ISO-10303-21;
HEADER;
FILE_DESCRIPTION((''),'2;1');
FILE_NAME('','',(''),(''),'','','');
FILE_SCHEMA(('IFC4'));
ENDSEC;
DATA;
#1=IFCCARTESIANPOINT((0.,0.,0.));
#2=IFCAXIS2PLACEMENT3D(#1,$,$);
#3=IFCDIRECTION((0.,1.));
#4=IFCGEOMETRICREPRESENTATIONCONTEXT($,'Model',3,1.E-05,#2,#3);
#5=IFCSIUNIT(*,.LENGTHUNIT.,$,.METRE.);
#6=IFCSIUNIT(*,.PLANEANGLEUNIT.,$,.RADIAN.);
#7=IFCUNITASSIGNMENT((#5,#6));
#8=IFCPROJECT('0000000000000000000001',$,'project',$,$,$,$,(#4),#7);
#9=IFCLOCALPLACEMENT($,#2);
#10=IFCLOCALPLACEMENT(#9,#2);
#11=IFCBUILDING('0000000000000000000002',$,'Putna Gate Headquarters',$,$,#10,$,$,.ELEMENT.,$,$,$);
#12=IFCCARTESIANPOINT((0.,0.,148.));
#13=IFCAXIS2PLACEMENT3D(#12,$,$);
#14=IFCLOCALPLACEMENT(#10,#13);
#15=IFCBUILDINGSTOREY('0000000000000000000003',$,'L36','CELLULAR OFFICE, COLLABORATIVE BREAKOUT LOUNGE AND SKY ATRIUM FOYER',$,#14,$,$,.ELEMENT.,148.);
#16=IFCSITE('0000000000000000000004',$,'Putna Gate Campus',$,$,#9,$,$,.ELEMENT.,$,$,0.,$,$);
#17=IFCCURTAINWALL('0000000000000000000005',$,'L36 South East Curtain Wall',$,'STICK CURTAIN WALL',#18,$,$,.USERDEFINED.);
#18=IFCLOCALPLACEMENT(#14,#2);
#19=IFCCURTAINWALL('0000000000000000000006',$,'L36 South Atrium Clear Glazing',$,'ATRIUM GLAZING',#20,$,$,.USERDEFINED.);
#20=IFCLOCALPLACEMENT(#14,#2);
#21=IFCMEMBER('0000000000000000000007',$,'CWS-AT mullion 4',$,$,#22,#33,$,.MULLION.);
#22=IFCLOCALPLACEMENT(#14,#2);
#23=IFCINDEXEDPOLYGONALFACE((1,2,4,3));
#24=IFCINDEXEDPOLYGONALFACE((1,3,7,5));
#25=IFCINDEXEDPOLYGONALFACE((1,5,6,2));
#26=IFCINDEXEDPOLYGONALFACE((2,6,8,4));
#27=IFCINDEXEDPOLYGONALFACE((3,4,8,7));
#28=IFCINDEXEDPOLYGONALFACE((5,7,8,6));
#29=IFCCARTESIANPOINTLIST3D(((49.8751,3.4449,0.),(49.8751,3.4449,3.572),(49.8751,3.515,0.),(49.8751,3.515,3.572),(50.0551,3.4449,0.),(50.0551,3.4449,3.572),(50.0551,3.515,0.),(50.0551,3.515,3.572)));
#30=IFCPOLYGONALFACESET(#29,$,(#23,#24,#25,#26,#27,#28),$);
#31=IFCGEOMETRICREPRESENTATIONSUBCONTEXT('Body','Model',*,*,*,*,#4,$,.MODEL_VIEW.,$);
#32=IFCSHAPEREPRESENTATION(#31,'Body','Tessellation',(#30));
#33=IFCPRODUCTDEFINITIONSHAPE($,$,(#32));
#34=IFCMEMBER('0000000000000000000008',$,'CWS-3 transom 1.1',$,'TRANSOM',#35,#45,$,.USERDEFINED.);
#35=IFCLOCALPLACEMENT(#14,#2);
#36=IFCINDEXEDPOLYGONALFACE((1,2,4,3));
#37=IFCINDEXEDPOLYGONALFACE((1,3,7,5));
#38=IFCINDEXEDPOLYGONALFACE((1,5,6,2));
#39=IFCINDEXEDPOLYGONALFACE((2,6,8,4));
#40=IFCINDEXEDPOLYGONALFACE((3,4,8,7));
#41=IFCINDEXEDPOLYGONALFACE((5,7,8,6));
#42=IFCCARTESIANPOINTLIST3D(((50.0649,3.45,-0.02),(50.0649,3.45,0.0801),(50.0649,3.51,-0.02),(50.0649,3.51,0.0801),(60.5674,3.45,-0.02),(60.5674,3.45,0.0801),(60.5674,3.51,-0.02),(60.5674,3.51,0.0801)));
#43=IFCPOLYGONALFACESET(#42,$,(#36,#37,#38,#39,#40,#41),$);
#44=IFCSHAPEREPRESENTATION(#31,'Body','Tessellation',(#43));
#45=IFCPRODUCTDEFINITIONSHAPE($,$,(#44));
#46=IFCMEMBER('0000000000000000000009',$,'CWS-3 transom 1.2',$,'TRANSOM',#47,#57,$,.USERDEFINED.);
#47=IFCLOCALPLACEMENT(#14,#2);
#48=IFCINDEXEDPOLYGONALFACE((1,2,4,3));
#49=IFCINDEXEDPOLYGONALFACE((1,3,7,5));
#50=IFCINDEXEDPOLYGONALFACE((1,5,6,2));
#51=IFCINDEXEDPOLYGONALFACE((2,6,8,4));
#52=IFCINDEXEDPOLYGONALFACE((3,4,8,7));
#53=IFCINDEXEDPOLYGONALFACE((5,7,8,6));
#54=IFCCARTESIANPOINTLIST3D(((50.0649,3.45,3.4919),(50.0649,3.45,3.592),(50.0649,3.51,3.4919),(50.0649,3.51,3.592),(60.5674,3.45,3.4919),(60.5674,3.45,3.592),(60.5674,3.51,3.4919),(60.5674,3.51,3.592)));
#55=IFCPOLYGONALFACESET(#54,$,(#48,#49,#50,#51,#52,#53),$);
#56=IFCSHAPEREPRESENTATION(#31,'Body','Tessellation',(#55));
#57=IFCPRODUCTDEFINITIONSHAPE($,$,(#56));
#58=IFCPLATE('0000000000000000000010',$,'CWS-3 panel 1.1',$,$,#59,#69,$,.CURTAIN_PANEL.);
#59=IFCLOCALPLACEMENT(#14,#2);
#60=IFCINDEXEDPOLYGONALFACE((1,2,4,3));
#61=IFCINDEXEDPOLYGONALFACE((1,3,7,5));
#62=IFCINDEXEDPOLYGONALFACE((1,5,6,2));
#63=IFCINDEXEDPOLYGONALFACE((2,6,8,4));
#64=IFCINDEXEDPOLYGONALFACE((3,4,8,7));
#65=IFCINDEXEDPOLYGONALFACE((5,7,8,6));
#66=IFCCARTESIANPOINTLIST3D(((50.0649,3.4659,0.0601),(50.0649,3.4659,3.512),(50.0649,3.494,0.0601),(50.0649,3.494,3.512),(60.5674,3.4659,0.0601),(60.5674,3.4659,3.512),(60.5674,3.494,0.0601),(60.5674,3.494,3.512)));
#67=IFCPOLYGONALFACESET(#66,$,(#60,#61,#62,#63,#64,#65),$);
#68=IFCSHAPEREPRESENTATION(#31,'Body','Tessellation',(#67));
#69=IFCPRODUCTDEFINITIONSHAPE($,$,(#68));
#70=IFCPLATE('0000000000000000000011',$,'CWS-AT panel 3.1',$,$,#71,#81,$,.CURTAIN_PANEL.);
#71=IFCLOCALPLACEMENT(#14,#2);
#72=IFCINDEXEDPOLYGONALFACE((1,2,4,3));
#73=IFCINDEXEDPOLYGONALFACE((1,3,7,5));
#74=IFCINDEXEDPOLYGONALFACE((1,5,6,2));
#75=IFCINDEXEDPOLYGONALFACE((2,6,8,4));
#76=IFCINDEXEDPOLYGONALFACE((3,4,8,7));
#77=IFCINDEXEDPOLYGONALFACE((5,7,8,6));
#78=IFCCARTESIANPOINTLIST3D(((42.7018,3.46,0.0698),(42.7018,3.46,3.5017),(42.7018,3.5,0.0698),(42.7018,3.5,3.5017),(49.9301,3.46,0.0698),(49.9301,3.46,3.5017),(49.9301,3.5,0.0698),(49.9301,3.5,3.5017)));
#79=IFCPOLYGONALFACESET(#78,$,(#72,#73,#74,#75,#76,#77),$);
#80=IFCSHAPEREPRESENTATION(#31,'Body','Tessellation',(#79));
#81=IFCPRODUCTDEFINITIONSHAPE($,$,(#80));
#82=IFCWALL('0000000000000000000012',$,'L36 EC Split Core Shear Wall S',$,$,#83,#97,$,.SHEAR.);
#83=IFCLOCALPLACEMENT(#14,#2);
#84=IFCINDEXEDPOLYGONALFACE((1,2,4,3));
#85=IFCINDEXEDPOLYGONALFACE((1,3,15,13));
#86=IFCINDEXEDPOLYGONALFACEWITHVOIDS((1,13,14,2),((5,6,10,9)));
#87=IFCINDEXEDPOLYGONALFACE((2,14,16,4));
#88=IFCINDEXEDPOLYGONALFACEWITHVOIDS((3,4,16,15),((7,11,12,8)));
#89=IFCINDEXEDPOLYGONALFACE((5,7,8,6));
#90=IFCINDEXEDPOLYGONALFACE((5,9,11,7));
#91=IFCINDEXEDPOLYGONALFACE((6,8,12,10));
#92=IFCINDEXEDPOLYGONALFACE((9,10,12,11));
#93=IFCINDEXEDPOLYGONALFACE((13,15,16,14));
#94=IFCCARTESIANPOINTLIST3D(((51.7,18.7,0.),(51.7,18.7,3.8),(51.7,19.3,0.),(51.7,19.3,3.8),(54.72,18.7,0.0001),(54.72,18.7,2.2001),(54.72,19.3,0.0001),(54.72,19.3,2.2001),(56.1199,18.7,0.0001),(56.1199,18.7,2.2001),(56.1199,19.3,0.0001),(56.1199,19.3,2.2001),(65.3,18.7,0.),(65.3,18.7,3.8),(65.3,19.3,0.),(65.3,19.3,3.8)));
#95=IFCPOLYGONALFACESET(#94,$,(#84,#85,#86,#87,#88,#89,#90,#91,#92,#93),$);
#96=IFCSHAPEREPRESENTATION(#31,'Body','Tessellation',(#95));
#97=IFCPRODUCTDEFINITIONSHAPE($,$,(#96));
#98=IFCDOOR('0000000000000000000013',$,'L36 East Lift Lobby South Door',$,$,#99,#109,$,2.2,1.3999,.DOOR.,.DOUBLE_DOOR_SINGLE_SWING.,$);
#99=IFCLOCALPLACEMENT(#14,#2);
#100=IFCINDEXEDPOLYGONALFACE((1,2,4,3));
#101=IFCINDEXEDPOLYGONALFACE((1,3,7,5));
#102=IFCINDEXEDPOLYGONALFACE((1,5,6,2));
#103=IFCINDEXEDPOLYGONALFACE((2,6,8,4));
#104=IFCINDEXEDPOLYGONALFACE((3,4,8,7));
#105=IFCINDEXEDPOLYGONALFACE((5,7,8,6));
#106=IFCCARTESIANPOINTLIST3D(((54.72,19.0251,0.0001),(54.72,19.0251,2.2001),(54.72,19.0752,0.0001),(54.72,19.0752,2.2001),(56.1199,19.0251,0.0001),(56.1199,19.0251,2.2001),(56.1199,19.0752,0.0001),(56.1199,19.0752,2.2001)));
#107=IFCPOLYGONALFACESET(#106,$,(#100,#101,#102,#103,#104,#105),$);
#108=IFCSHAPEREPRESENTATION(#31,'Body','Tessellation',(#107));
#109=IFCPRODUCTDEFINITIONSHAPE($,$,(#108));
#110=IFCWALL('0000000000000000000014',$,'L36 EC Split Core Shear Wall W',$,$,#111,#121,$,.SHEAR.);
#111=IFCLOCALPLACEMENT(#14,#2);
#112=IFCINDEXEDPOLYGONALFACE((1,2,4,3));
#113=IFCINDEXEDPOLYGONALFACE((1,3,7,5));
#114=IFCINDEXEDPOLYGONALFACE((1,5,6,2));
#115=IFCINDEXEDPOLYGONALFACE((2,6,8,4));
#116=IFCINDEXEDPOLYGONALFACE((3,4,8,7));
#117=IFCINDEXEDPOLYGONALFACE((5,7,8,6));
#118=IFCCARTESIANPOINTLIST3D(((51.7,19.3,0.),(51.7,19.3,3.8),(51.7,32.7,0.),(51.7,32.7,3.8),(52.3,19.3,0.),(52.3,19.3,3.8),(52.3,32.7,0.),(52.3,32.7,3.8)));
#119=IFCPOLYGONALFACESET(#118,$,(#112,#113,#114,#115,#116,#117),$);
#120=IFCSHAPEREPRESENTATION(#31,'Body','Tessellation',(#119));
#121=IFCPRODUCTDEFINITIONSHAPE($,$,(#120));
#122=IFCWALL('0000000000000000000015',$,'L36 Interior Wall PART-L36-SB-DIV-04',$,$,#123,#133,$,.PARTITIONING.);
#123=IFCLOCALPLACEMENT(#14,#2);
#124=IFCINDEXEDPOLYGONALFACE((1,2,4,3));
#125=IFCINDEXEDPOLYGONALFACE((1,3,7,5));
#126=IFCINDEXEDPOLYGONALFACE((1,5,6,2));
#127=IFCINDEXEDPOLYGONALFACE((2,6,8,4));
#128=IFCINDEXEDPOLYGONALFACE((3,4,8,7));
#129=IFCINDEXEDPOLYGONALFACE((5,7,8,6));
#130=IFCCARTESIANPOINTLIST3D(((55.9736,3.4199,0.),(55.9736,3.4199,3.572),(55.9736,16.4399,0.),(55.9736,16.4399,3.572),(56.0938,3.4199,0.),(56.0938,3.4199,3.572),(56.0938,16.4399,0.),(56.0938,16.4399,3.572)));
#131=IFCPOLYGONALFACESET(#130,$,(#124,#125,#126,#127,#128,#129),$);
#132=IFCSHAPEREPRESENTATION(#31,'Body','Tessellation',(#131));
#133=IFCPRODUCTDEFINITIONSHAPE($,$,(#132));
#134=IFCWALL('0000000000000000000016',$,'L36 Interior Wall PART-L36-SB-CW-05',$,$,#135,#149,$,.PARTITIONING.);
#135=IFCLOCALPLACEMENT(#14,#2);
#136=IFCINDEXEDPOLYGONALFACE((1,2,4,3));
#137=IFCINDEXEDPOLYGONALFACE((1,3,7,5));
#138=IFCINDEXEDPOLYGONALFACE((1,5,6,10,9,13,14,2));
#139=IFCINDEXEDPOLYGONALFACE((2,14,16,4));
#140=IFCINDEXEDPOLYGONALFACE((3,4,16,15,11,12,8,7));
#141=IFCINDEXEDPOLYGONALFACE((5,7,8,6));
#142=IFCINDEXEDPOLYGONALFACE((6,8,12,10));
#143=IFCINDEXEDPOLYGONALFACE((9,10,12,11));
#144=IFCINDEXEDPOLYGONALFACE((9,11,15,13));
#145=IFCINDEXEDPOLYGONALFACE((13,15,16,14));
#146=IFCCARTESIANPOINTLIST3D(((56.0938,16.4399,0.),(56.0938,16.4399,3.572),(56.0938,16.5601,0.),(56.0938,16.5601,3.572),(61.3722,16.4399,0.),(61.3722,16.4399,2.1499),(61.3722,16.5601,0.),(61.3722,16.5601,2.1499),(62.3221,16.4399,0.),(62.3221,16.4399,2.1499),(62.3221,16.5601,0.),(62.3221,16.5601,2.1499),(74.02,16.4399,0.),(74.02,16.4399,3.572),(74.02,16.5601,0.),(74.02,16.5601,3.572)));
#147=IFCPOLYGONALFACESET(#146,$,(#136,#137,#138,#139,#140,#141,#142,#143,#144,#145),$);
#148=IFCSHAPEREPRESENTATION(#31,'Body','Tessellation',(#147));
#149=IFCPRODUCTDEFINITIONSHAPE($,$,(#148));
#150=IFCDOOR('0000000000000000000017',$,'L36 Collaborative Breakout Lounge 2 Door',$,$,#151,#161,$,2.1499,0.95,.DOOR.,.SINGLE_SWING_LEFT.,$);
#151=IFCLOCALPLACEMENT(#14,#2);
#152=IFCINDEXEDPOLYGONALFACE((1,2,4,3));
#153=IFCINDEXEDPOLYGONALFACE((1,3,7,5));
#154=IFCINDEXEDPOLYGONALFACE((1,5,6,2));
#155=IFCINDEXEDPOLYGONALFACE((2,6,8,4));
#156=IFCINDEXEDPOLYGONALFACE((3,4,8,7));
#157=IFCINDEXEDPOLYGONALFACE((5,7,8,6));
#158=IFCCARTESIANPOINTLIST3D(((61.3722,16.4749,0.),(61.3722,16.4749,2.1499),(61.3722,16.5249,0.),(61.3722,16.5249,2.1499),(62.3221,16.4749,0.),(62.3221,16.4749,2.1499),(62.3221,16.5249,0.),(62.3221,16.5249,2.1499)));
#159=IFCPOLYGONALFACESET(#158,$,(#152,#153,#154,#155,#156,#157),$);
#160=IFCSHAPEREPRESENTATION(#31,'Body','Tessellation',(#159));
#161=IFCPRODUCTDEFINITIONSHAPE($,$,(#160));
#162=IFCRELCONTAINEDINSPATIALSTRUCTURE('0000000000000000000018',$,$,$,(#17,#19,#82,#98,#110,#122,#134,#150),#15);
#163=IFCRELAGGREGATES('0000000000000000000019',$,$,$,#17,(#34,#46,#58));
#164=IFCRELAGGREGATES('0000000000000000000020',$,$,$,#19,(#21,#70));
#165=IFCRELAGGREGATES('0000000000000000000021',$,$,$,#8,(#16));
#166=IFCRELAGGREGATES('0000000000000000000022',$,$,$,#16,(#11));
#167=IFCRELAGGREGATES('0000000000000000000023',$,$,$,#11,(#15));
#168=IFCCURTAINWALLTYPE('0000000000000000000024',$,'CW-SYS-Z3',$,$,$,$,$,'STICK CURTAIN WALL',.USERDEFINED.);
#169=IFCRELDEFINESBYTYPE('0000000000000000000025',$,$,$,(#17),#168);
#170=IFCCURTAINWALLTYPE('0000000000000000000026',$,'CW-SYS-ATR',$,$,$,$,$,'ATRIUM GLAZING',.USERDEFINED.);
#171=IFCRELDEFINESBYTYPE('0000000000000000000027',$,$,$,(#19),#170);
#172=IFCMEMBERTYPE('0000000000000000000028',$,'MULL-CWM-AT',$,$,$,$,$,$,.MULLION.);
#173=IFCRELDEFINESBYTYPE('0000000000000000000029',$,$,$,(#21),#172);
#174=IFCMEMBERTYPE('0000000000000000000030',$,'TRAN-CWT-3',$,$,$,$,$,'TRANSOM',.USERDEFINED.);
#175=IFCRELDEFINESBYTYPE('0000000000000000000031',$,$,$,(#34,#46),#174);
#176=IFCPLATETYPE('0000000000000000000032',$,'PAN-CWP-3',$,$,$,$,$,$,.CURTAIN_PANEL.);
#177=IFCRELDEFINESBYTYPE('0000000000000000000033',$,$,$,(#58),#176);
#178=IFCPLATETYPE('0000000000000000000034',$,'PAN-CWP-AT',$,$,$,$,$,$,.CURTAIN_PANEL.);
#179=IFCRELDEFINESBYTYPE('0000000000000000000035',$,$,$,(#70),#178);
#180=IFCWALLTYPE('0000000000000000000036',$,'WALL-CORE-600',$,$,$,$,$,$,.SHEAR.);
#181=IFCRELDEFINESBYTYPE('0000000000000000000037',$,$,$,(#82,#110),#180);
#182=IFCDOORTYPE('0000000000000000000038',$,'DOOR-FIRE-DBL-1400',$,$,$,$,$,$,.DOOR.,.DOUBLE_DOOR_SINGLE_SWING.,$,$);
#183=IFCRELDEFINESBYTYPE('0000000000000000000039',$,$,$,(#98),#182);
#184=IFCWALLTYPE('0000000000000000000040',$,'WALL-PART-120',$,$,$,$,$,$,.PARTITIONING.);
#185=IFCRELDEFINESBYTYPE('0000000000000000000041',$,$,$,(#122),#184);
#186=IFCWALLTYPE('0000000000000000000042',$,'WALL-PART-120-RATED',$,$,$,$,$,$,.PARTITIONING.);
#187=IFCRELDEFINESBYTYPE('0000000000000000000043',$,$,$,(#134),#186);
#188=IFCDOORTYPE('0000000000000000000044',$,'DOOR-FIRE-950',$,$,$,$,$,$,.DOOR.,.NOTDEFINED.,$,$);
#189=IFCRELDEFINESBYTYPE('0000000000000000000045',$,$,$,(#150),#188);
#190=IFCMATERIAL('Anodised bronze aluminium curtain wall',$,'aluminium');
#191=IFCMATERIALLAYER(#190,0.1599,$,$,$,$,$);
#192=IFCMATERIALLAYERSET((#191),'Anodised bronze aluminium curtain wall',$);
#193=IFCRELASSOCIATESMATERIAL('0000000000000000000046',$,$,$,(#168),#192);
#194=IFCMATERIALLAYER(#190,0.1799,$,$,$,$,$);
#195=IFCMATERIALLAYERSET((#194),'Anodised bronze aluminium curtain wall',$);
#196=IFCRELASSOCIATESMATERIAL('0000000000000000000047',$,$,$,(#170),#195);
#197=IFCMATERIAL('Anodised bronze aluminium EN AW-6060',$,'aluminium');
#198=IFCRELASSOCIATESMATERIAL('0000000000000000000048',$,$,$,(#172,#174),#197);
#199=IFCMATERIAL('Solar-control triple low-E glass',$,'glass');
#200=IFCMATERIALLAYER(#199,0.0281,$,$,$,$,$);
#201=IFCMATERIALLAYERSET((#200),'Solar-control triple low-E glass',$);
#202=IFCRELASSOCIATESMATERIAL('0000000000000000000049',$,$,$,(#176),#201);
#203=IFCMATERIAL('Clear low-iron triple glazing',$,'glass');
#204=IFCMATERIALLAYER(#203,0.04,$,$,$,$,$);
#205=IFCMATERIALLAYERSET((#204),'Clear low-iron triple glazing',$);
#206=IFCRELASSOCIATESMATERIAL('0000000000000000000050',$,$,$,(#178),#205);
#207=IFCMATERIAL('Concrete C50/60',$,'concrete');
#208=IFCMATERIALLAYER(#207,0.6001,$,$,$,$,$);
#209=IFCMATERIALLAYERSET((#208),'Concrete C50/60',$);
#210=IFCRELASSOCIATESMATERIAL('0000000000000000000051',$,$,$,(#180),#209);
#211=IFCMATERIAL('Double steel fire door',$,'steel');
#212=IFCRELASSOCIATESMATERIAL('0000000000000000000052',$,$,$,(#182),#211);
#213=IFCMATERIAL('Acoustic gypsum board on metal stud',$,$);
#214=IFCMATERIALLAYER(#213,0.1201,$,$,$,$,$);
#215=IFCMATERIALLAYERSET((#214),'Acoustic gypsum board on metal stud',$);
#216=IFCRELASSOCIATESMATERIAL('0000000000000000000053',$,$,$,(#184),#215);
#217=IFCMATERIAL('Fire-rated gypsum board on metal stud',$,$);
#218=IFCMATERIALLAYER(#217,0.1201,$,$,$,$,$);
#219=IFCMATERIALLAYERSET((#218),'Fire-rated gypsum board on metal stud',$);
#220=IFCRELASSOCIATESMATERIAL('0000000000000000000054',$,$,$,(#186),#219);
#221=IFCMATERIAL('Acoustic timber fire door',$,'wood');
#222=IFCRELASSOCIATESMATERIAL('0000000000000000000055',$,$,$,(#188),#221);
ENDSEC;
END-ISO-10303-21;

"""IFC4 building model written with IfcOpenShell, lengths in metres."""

from ifc_helpers import new_model, si_unit, direction, frame, frame_2d, origin, origin_2d, place, context, subcontext, project, spatial, rectangle, extrude, material, layer, layer_set, material_profile, profile_set, type_object, element, fill, aggregate, save


model = new_model("IFC4")

# Units and contexts
model_context = context("Model", 3, precision=1e-05, world=origin(), true_north=direction((0.0, 1.0)))
body_context = subcontext(model_context, "Body", "Model", "MODEL_VIEW")
ifc_project = project(units=[si_unit("LENGTHUNIT", "METRE"), si_unit("PLANEANGLEUNIT", "RADIAN")], contexts=[model_context])

# Site, building, storey
site_placement = place(None, origin())
site = spatial("IfcSite", under=ifc_project, at=site_placement, Name="Putna Gate Campus", CompositionType="ELEMENT", RefElevation=0.0)
building_placement = place(site_placement, origin())
building = spatial("IfcBuilding", under=site, at=building_placement, Name="Putna Gate Headquarters", CompositionType="ELEMENT")
storey_placement = place(building_placement, frame((0.0, 0.0, 148.0)))
storey = spatial("IfcBuildingStorey", under=building, at=storey_placement, Name="L36", Description="CELLULAR OFFICE, COLLABORATIVE BREAKOUT LOUNGE AND SKY ATRIUM FOYER", CompositionType="ELEMENT", Elevation=148.0)

# Shared definitions
ifc_material_1 = material(Name="Concrete C50/60", Category="concrete")

# Curtain walls, member
ifc_material_2 = material(Name="Anodised bronze aluminium curtain wall", Category="aluminium")
ifc_layer_1 = layer(ifc_material_2, 0.1599)
ifc_layer_set_1 = layer_set([ifc_layer_1], Name="Anodised bronze aluminium curtain wall")
curtain_wall_type_1 = type_object("IfcCurtainWallType", Name="CW-SYS-Z3", ElementType="STICK CURTAIN WALL", PredefinedType="USERDEFINED", material=ifc_layer_set_1)
curtain_wall_1_placement = place(storey_placement, origin())
curtain_wall_1 = element("IfcCurtainWall", 1, at=curtain_wall_1_placement, inside=storey, type_object=curtain_wall_type_1, Name="L36 South East Curtain Wall", ObjectType="STICK CURTAIN WALL", PredefinedType="USERDEFINED")
ifc_material_3 = material(Name="Anodised bronze aluminium EN AW-6060", Category="aluminium")
ifc_layer_2 = layer(ifc_material_2, 0.1799)
ifc_layer_set_2 = layer_set([ifc_layer_2], Name="Anodised bronze aluminium curtain wall")
curtain_wall_type_2 = type_object("IfcCurtainWallType", Name="CW-SYS-ATR", ElementType="ATRIUM GLAZING", PredefinedType="USERDEFINED", material=ifc_layer_set_2)
curtain_wall_2_placement = place(storey_placement, origin())
curtain_wall_2 = element("IfcCurtainWall", 2, at=curtain_wall_2_placement, inside=storey, type_object=curtain_wall_type_2, Name="L36 South Atrium Clear Glazing", ObjectType="ATRIUM GLAZING", PredefinedType="USERDEFINED")
ifc_material_profile_1 = material_profile(ifc_material_3, rectangle(XDim=0.0701, YDim=0.1799, at=origin_2d()), Name="Anodised bronze aluminium EN AW-6060")
ifc_profile_set_1 = profile_set([ifc_material_profile_1], Name="Anodised bronze aluminium EN AW-6060")
member_type_1 = type_object("IfcMemberType", Name="MULL-CWM-AT", PredefinedType="MULLION", material=ifc_profile_set_1)
member_1_placement = place(storey_placement, frame((49.9651, 3.48, 0.0), z_axis=(0.0, 0.0, 1.0), x_axis=(0.0, 1.0, 0.0)))
member_1 = element("IfcMember", 3, at=member_1_placement, type_object=member_type_1, Name="CWS-AT mullion 4", PredefinedType="MULLION", context=body_context, shape_type="SweptSolid", body=[
    extrude(rectangle(XDim=0.0701, YDim=0.1799, at=origin_2d()), origin(), (0.0, 0.0, 1.0), 3.572),
])

# Members
ifc_material_profile_2 = material_profile(ifc_material_3, rectangle(XDim=0.0601, YDim=0.1001, at=origin_2d()), Name="Anodised bronze aluminium EN AW-6060")
ifc_profile_set_2 = profile_set([ifc_material_profile_2], Name="Anodised bronze aluminium EN AW-6060")
member_type_2 = type_object("IfcMemberType", Name="TRAN-CWT-3", ElementType="TRANSOM", PredefinedType="USERDEFINED", material=ifc_profile_set_2)
member_2_placement = place(storey_placement, frame((50.0649, 3.48, 0.03), z_axis=(1.0, 0.0, 0.0), x_axis=(0.0, 1.0, 0.0)))
member_2 = element("IfcMember", 4, at=member_2_placement, type_object=member_type_2, Name="CWS-3 transom 1.1", ObjectType="TRANSOM", PredefinedType="USERDEFINED", context=body_context, shape_type="SweptSolid", body=[
    extrude(rectangle(XDim=0.0601, YDim=0.1001, at=origin_2d()), origin(), (0.0, 0.0, 1.0), 10.5024),
])
member_3_placement = place(storey_placement, frame((50.0649, 3.48, 3.542), z_axis=(1.0, 0.0, 0.0), x_axis=(0.0, 1.0, 0.0)))
member_3 = element("IfcMember", 5, at=member_3_placement, type_object=member_type_2, Name="CWS-3 transom 1.2", ObjectType="TRANSOM", PredefinedType="USERDEFINED", context=body_context, shape_type="SweptSolid", body=[
    extrude(rectangle(XDim=0.0601, YDim=0.1001, at=origin_2d()), origin(), (0.0, 0.0, 1.0), 10.5024),
])

# Plates
ifc_material_4 = material(Name="Solar-control triple low-E glass", Category="glass")
ifc_layer_3 = layer(ifc_material_4, 0.0281)
ifc_layer_set_3 = layer_set([ifc_layer_3], Name="Solar-control triple low-E glass")
plate_type_1 = type_object("IfcPlateType", Name="PAN-CWP-3", PredefinedType="CURTAIN_PANEL", material=ifc_layer_set_3)
plate_1_placement = place(storey_placement, frame((55.3162, 3.48, 0.0601), z_axis=(0.0, 0.0, 1.0), x_axis=(1.0, 0.0, 0.0)))
plate_1 = element("IfcPlate", 6, at=plate_1_placement, type_object=plate_type_1, Name="CWS-3 panel 1.1", PredefinedType="CURTAIN_PANEL", context=body_context, shape_type="SweptSolid", body=[
    extrude(rectangle(XDim=10.5024, YDim=0.0281, at=origin_2d()), origin(), (0.0, 0.0, 1.0), 3.4519),
])
aggregate(curtain_wall_1, [member_2, member_3, plate_1])
ifc_material_5 = material(Name="Clear low-iron triple glazing", Category="glass")
ifc_layer_4 = layer(ifc_material_5, 0.04)
ifc_layer_set_4 = layer_set([ifc_layer_4], Name="Clear low-iron triple glazing")
plate_type_2 = type_object("IfcPlateType", Name="PAN-CWP-AT", PredefinedType="CURTAIN_PANEL", material=ifc_layer_set_4)
plate_2_placement = place(storey_placement, frame((46.3159, 3.48, 0.0698), z_axis=(0.0, 0.0, 1.0), x_axis=(1.0, 0.0, 0.0)))
plate_2 = element("IfcPlate", 7, at=plate_2_placement, type_object=plate_type_2, Name="CWS-AT panel 3.1", PredefinedType="CURTAIN_PANEL", context=body_context, shape_type="SweptSolid", body=[
    extrude(rectangle(XDim=7.2283, YDim=0.04, at=origin_2d()), origin(), (0.0, 0.0, 1.0), 3.4319),
])
aggregate(curtain_wall_2, [member_1, plate_2])

# Wall, opening, door
ifc_layer_5 = layer(ifc_material_1, 0.6001)
ifc_layer_set_5 = layer_set([ifc_layer_5], Name="Concrete C50/60")
wall_type_1 = type_object("IfcWallType", Name="WALL-CORE-600", PredefinedType="SHEAR", material=ifc_layer_set_5)
wall_1_placement = place(storey_placement, frame((51.7, 19.0, 0.0), z_axis=(0.0, 0.0, 1.0), x_axis=(1.0, 0.0, 0.0)))
wall_1 = element("IfcWall", 8, at=wall_1_placement, inside=storey, type_object=wall_type_1, Name="L36 EC Split Core Shear Wall S", PredefinedType="SHEAR", context=body_context, shape_type="SweptSolid", body=[
    extrude(rectangle(XDim=13.6001, YDim=0.6001, at=frame_2d((6.8, 0.0))), origin(), (0.0, 0.0, 1.0), 3.8),
])
opening_1_placement = place(wall_1_placement, frame((3.02, 0.0, 0.0)))
opening_1 = element("IfcOpeningElement", 9, at=opening_1_placement, cuts=wall_1, PredefinedType="OPENING", context=body_context, shape_type="SweptSolid", body=[
    extrude(rectangle(XDim=1.3999, YDim=2.2, at=frame_2d((0.7, 1.1001))), frame((0.0, 0.3101, 0.0), z_axis=(0.0, -1.0, 0.0), x_axis=(1.0, 0.0, 0.0)), (0.0, 0.0, 1.0), 0.6201),
])
ifc_material_6 = material(Name="Double steel fire door", Category="steel")
door_type_1 = type_object("IfcDoorType", Name="DOOR-FIRE-DBL-1400", OperationType="DOUBLE_DOOR_SINGLE_SWING", PredefinedType="DOOR", material=ifc_material_6)
door_1_placement = place(opening_1_placement, origin())
door_1 = element("IfcDoor", 10, at=door_1_placement, inside=storey, type_object=door_type_1, Name="L36 East Lift Lobby South Door", OperationType="DOUBLE_DOOR_SINGLE_SWING", OverallHeight=2.2, OverallWidth=1.3999, PredefinedType="DOOR", context=body_context, shape_type="SweptSolid", body=[
    extrude(rectangle(XDim=1.3999, YDim=2.2, at=frame_2d((0.7, 1.1001))), frame((0.0, 0.0752, 0.0), z_axis=(0.0, -1.0, 0.0), x_axis=(1.0, 0.0, 0.0)), (0.0, 0.0, 1.0), 0.05),
])
fill(opening_1, door_1)

# Walls
wall_2_placement = place(storey_placement, frame((52.0, 19.3, 0.0), z_axis=(0.0, 0.0, 1.0), x_axis=(0.0, 1.0, 0.0)))
element("IfcWall", 11, at=wall_2_placement, inside=storey, type_object=wall_type_1, Name="L36 EC Split Core Shear Wall W", PredefinedType="SHEAR", context=body_context, shape_type="SweptSolid", body=[
    extrude(rectangle(XDim=13.3999, YDim=0.6001, at=frame_2d((6.7, 0.0))), origin(), (0.0, 0.0, 1.0), 3.8),
])
ifc_material_7 = material(Name="Acoustic gypsum board on metal stud")
ifc_layer_6 = layer(ifc_material_7, 0.1201)
ifc_layer_set_6 = layer_set([ifc_layer_6], Name="Acoustic gypsum board on metal stud")
wall_type_2 = type_object("IfcWallType", Name="WALL-PART-120", PredefinedType="PARTITIONING", material=ifc_layer_set_6)
wall_3_placement = place(storey_placement, frame((56.0337, 3.4199, 0.0), z_axis=(0.0, 0.0, 1.0), x_axis=(0.0, 1.0, 0.0)))
element("IfcWall", 12, at=wall_3_placement, inside=storey, type_object=wall_type_2, Name="L36 Interior Wall PART-L36-SB-DIV-04", PredefinedType="PARTITIONING", context=body_context, shape_type="SweptSolid", body=[
    extrude(rectangle(XDim=13.02, YDim=0.1201, at=frame_2d((6.51, 0.0))), origin(), (0.0, 0.0, 1.0), 3.572),
])

# Wall, opening, door
ifc_material_8 = material(Name="Fire-rated gypsum board on metal stud")
ifc_layer_7 = layer(ifc_material_8, 0.1201)
ifc_layer_set_7 = layer_set([ifc_layer_7], Name="Fire-rated gypsum board on metal stud")
wall_type_3 = type_object("IfcWallType", Name="WALL-PART-120-RATED", PredefinedType="PARTITIONING", material=ifc_layer_set_7)
wall_4_placement = place(storey_placement, frame((56.0938, 16.5, 0.0), z_axis=(0.0, 0.0, 1.0), x_axis=(1.0, 0.0, 0.0)))
wall_4 = element("IfcWall", 13, at=wall_4_placement, inside=storey, type_object=wall_type_3, Name="L36 Interior Wall PART-L36-SB-CW-05", PredefinedType="PARTITIONING", context=body_context, shape_type="SweptSolid", body=[
    extrude(rectangle(XDim=17.9263, YDim=0.1201, at=frame_2d((8.9631, 0.0))), origin(), (0.0, 0.0, 1.0), 3.572),
])
opening_2_placement = place(wall_4_placement, frame((5.2783, 0.0, 0.0)))
opening_2 = element("IfcOpeningElement", 14, at=opening_2_placement, cuts=wall_4, PredefinedType="OPENING", context=body_context, shape_type="SweptSolid", body=[
    extrude(rectangle(XDim=0.95, YDim=2.1499, at=frame_2d((0.4751, 1.075))), frame((0.0, 0.0701, 0.0), z_axis=(0.0, -1.0, 0.0), x_axis=(1.0, 0.0, 0.0)), (0.0, 0.0, 1.0), 0.1401),
])
ifc_material_9 = material(Name="Acoustic timber fire door", Category="wood")
door_type_2 = type_object("IfcDoorType", Name="DOOR-FIRE-950", OperationType="NOTDEFINED", PredefinedType="DOOR", material=ifc_material_9)
door_2_placement = place(opening_2_placement, origin())
door_2 = element("IfcDoor", 15, at=door_2_placement, inside=storey, type_object=door_type_2, Name="L36 Collaborative Breakout Lounge 2 Door", OperationType="SINGLE_SWING_LEFT", OverallHeight=2.1499, OverallWidth=0.95, PredefinedType="DOOR", context=body_context, shape_type="SweptSolid", body=[
    extrude(rectangle(XDim=0.95, YDim=2.1499, at=frame_2d((0.4751, 1.075))), frame((0.0, 0.0249, 0.0), z_axis=(0.0, -1.0, 0.0), x_axis=(1.0, 0.0, 0.0)), (0.0, 0.0, 1.0), 0.05),
])
fill(opening_2, door_2)

save(model, "model.ifc")
